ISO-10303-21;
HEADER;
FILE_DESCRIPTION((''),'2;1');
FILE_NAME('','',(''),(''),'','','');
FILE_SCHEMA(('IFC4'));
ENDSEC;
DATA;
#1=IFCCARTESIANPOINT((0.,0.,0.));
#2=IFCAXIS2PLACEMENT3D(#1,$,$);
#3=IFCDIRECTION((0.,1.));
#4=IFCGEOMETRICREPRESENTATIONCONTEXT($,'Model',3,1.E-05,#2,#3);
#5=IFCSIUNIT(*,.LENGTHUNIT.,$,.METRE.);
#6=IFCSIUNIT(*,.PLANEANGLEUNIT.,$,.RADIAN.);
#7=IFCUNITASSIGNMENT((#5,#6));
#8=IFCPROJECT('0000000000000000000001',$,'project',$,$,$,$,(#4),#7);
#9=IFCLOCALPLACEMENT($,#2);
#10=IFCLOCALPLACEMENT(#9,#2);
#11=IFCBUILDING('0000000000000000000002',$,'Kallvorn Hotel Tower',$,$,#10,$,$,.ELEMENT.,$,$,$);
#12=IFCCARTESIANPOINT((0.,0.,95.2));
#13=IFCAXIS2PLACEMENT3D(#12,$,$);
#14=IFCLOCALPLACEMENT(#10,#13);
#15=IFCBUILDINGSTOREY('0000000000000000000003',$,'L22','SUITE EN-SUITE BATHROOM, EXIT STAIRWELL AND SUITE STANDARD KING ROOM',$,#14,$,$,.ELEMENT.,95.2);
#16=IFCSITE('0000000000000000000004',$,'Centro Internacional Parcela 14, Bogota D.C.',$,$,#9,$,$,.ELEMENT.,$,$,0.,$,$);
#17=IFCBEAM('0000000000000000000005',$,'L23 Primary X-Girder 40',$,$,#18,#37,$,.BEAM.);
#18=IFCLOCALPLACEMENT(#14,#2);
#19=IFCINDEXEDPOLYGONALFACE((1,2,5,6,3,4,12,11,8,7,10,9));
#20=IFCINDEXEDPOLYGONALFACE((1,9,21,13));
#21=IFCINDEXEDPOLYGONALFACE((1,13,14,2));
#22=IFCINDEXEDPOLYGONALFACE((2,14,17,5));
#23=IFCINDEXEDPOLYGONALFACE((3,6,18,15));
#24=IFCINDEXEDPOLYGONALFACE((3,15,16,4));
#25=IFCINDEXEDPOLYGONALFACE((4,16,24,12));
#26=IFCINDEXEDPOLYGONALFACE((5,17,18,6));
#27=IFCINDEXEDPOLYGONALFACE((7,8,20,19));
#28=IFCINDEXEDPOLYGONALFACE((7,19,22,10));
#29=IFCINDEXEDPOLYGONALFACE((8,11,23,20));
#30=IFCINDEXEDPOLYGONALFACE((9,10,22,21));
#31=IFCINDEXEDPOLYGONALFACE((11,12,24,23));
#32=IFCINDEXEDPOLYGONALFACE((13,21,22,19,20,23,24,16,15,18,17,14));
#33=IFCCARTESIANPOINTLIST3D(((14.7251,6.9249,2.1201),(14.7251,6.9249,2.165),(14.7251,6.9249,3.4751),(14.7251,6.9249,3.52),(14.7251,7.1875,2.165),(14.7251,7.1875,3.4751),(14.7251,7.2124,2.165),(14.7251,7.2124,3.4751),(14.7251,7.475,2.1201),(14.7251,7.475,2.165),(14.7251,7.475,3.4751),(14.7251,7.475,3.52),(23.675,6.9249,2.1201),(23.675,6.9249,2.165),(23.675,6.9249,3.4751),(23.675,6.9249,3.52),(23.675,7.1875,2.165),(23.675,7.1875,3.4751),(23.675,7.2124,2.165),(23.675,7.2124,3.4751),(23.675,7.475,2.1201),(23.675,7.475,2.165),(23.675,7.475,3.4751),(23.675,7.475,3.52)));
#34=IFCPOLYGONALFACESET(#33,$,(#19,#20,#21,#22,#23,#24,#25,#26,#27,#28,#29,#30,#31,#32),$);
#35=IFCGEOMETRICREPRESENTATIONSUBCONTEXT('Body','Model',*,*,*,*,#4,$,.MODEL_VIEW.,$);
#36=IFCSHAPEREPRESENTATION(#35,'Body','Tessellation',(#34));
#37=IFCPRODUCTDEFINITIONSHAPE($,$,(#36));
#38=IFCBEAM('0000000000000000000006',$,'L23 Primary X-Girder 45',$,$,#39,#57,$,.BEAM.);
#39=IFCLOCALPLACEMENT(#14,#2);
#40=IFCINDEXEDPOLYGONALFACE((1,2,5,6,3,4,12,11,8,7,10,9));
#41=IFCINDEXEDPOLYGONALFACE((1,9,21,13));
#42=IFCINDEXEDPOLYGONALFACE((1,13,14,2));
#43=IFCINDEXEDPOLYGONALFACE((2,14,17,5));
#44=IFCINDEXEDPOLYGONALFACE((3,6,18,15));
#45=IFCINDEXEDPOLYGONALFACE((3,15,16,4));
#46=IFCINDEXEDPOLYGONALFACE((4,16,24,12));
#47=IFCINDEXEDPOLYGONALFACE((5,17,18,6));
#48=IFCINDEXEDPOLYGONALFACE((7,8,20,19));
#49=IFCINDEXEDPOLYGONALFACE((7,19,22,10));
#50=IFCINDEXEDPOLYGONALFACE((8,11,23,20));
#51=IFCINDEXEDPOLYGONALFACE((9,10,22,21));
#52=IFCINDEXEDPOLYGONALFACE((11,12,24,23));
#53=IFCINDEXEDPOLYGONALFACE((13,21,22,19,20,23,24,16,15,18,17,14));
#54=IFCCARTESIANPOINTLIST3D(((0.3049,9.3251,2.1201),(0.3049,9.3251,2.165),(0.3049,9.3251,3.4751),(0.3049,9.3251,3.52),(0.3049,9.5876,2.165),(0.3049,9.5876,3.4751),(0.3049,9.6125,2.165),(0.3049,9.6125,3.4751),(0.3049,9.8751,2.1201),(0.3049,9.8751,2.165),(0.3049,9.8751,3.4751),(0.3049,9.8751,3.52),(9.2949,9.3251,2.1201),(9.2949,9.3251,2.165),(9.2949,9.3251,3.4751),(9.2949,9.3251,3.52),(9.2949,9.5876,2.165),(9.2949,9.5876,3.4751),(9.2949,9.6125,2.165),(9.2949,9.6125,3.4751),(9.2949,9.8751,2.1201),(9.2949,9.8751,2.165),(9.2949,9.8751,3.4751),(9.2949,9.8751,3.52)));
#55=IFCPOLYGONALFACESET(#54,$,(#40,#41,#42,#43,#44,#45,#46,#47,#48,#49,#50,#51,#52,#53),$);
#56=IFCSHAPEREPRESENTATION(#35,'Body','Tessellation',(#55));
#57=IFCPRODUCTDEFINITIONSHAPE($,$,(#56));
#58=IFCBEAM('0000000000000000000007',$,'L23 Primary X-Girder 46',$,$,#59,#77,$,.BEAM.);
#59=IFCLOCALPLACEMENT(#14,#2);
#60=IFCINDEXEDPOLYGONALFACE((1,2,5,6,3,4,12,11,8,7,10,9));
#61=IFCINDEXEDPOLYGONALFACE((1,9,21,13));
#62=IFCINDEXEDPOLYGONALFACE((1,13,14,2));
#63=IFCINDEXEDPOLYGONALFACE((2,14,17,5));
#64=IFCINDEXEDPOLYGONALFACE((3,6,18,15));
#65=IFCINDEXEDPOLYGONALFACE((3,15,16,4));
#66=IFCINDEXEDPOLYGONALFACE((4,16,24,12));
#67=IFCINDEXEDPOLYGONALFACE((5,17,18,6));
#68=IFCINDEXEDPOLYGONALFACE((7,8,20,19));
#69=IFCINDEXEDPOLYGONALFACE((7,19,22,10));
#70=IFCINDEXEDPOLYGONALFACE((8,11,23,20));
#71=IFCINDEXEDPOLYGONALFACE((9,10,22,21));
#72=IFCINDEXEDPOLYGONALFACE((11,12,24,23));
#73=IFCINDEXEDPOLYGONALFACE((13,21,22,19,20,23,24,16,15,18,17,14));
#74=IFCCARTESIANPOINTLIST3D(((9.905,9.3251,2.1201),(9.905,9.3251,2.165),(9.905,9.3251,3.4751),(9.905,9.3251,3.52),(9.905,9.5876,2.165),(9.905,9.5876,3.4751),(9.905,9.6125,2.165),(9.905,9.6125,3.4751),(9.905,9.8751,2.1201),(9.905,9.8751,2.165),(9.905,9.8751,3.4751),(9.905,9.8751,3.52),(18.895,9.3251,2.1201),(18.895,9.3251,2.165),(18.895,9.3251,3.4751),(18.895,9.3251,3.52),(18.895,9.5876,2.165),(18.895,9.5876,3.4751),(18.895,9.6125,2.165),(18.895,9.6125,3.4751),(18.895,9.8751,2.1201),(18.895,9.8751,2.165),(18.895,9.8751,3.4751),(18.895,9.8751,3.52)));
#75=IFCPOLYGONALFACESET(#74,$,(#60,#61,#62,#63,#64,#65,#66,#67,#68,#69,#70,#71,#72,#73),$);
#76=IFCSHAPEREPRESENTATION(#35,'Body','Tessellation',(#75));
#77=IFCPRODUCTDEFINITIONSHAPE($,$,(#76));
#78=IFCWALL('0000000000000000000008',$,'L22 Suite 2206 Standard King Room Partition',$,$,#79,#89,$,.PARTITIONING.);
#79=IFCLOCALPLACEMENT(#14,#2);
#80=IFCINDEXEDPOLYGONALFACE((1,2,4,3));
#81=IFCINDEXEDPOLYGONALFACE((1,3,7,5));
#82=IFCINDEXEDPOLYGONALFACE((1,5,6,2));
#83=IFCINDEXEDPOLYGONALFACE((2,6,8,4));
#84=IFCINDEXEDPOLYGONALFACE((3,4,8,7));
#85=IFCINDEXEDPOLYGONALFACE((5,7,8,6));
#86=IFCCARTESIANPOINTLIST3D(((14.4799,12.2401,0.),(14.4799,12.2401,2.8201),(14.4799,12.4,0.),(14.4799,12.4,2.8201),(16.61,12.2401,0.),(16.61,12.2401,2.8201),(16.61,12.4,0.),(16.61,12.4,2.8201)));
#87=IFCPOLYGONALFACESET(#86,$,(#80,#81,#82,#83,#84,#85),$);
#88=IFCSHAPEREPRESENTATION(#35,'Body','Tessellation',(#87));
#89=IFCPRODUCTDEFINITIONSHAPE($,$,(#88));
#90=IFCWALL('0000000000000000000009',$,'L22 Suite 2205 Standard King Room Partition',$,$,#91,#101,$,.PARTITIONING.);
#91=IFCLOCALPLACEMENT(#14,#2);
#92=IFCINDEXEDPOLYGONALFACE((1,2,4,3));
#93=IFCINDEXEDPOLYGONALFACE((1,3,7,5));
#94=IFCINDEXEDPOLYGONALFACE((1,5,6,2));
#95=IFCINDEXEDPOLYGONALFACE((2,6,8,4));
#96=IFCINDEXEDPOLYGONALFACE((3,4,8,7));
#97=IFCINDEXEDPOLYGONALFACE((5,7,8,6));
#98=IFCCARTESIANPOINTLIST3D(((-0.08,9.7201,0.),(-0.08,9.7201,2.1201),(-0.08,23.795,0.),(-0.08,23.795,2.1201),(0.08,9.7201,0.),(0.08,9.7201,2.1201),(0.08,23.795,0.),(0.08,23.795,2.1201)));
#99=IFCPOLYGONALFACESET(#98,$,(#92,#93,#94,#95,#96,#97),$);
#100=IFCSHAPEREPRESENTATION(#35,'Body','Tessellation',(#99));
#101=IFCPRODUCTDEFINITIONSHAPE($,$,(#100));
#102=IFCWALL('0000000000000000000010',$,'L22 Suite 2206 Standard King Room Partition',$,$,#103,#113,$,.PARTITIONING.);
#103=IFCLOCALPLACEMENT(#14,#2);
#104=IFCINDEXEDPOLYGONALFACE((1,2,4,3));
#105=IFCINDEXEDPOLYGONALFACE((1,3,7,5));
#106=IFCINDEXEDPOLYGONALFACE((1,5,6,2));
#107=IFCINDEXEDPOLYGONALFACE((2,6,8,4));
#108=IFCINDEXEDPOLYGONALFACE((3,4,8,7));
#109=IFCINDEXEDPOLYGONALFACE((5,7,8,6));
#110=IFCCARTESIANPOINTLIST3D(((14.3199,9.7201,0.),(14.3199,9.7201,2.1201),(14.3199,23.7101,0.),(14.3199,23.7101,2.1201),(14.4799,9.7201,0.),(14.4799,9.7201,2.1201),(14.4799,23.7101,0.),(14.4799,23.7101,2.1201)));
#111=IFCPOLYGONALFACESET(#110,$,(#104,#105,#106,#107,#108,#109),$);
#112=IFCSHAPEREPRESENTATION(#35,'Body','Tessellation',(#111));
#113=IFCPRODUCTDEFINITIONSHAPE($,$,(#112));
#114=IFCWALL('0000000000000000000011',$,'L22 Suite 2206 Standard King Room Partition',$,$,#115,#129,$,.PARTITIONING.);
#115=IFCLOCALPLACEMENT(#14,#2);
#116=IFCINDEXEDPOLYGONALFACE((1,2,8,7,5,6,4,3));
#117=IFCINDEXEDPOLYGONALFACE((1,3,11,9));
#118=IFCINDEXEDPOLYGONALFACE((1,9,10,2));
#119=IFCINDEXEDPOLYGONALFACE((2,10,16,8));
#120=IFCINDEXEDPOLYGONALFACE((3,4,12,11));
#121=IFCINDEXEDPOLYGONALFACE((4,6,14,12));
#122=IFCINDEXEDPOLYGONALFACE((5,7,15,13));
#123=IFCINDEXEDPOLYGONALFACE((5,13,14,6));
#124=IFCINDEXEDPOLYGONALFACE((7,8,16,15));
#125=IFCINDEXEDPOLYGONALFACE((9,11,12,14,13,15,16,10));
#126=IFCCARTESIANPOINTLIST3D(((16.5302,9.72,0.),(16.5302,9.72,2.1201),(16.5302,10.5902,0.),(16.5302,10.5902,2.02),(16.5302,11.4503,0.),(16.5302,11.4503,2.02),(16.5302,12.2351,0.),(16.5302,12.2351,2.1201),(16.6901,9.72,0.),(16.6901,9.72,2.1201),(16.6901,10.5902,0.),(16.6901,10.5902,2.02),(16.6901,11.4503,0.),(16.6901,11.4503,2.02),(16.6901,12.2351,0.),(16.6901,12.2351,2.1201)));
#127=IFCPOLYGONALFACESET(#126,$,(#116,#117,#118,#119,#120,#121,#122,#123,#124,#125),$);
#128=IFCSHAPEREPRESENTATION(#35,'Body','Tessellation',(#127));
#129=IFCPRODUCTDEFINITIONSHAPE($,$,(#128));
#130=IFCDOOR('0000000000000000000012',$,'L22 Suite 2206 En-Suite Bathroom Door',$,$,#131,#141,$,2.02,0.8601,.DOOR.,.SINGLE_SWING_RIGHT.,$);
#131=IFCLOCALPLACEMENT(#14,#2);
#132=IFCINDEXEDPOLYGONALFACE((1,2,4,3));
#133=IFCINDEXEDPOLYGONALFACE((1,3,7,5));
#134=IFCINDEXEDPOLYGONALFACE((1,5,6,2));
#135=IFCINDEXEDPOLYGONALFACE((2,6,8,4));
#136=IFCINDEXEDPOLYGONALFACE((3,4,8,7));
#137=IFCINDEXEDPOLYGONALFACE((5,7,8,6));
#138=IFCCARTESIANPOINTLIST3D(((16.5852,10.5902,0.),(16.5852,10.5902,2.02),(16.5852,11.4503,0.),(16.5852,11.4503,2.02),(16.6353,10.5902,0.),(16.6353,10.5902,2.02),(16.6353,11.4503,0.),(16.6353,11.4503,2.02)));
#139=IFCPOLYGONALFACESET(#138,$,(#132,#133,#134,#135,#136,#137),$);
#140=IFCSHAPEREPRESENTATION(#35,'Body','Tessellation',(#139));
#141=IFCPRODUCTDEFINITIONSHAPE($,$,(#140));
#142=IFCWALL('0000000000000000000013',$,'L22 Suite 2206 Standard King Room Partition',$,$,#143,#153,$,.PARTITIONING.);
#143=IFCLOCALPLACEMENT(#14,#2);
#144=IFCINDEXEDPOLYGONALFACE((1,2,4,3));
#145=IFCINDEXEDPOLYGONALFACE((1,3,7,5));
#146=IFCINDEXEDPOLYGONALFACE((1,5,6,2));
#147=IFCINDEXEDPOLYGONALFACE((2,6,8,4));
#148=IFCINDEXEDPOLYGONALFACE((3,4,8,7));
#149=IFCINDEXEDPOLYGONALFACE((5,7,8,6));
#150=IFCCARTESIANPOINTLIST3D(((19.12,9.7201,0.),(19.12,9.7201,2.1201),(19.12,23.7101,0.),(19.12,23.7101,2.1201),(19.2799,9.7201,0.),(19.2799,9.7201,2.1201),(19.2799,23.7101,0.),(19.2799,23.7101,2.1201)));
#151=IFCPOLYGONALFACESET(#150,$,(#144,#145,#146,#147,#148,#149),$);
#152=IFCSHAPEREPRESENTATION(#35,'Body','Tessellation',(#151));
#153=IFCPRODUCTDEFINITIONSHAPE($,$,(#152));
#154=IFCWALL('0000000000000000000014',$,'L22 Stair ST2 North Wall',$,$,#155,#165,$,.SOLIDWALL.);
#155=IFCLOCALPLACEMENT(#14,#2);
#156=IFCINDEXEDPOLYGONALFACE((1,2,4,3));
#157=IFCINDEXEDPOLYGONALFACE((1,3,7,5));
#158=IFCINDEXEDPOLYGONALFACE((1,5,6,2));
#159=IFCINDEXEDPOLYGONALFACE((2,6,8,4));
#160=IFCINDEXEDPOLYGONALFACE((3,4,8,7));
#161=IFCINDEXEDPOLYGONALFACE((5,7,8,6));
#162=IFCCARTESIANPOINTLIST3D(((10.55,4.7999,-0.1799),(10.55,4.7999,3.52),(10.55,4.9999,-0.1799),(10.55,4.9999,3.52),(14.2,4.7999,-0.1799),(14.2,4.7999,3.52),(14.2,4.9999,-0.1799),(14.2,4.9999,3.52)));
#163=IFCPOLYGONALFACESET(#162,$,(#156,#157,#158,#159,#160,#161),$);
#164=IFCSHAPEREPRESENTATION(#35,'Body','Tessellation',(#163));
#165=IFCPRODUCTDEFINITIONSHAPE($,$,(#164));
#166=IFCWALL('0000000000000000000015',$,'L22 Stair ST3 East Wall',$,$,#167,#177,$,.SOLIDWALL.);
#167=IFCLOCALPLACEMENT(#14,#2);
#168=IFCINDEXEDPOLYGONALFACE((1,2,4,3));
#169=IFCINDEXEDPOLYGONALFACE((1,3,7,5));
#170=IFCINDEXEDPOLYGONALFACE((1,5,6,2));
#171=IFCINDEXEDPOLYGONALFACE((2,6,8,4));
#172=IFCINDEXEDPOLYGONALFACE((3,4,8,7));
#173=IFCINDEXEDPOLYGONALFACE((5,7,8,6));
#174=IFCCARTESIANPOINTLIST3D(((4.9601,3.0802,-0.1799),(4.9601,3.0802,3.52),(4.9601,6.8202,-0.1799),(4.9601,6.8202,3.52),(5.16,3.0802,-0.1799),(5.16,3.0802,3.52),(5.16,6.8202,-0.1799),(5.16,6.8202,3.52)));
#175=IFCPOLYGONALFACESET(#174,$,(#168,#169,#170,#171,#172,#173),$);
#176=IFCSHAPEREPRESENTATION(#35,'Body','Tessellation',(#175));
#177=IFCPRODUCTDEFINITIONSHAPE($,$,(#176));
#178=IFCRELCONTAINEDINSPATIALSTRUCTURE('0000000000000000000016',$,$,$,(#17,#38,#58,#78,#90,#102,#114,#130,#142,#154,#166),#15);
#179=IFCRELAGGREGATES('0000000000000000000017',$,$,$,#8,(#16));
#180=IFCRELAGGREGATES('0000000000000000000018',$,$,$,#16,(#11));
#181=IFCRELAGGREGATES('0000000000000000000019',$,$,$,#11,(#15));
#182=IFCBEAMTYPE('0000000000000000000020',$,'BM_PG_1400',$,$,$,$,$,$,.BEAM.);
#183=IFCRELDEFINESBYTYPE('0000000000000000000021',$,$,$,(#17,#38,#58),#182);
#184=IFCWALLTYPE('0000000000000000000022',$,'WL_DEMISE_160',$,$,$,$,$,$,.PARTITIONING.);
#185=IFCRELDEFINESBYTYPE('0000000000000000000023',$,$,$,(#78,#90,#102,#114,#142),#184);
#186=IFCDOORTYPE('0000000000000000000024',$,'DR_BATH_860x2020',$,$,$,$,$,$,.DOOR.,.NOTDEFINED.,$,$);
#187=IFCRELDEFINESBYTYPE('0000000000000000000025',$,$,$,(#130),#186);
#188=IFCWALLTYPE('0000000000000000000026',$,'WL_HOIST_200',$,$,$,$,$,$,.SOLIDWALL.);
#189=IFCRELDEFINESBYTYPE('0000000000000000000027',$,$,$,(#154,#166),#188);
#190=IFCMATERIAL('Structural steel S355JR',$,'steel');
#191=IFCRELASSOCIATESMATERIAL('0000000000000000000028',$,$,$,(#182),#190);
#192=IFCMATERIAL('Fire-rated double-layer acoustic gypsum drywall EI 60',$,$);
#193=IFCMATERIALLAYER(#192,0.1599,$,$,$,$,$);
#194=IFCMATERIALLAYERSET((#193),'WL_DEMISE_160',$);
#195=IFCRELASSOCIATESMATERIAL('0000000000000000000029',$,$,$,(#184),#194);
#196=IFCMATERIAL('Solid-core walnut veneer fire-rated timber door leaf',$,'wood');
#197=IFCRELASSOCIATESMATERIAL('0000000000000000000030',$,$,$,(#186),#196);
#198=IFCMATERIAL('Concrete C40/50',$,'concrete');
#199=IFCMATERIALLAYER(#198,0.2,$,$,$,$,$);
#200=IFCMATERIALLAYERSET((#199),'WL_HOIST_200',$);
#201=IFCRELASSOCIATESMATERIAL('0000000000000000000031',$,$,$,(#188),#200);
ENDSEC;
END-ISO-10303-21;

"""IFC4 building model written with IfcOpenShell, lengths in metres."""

from ifc_helpers import new_model, si_unit, direction, frame, frame_2d, origin, origin_2d, place, context, subcontext, project, spatial, rectangle, i_section, extrude, material, layer, layer_set, material_profile, profile_set, type_object, element, fill, save


model = new_model("IFC4")

# Units and contexts
model_context = context("Model", 3, precision=1e-05, world=origin(), true_north=direction((0.0, 1.0)))
body_context = subcontext(model_context, "Body", "Model", "MODEL_VIEW")
ifc_project = project(units=[si_unit("LENGTHUNIT", "METRE"), si_unit("PLANEANGLEUNIT", "RADIAN")], contexts=[model_context])

# Site, building, storey
site_placement = place(None, origin())
site = spatial("IfcSite", under=ifc_project, at=site_placement, Name="Centro Internacional Parcela 14, Bogota D.C.", CompositionType="ELEMENT", RefElevation=0.0)
building_placement = place(site_placement, origin())
building = spatial("IfcBuilding", under=site, at=building_placement, Name="Kallvorn Hotel Tower", CompositionType="ELEMENT")
storey_placement = place(building_placement, frame((0.0, 0.0, 95.2)))
storey = spatial("IfcBuildingStorey", under=building, at=storey_placement, Name="L22", Description="SUITE EN-SUITE BATHROOM, EXIT STAIRWELL AND SUITE STANDARD KING ROOM", CompositionType="ELEMENT", Elevation=95.2)

# Beams
ifc_material_1 = material(Name="Structural steel S355JR", Category="steel")
ifc_material_profile_1 = material_profile(ifc_material_1, i_section(OverallWidth=0.55, OverallDepth=1.3999, WebThickness=0.0249, FlangeThickness=0.0449, at=origin_2d()), Name="PG 1400x550x25x45")
ifc_profile_set_1 = profile_set([ifc_material_profile_1], Name="Structural steel S355JR")
beam_type_1 = type_object("IfcBeamType", Name="BM_PG_1400", PredefinedType="BEAM", material=ifc_profile_set_1)
for number, where, z_axis, x_axis, name in (
    (1, (14.7251, 7.2, 2.8201), (1.0, 0.0, 0.0), (0.0, 1.0, 0.0), "L23 Primary X-Girder 40"),
):
    element("IfcBeam", number, at=place(storey_placement, frame(where, z_axis=z_axis, x_axis=x_axis)), inside=storey, type_object=beam_type_1, Name=name, PredefinedType="BEAM", context=body_context, shape_type="SweptSolid", body=[
        extrude(i_section(OverallWidth=0.55, OverallDepth=1.3999, WebThickness=0.0249, FlangeThickness=0.0449, at=origin_2d()), origin(), (0.0, 0.0, 1.0), 8.95),
    ])
for number, where, z_axis, x_axis, name in (
    (2, (0.3049, 9.6001, 2.8201), (1.0, 0.0, 0.0), (0.0, 1.0, 0.0), "L23 Primary X-Girder 45"),
    (3, (9.905, 9.6001, 2.8201), (1.0, 0.0, 0.0), (0.0, 1.0, 0.0), "L23 Primary X-Girder 46"),
):
    element("IfcBeam", number, at=place(storey_placement, frame(where, z_axis=z_axis, x_axis=x_axis)), inside=storey, type_object=beam_type_1, Name=name, PredefinedType="BEAM", context=body_context, shape_type="SweptSolid", body=[
        extrude(i_section(OverallWidth=0.55, OverallDepth=1.3999, WebThickness=0.0249, FlangeThickness=0.0449, at=origin_2d()), origin(), (0.0, 0.0, 1.0), 8.99),
    ])

# Walls
ifc_material_2 = material(Name="Fire-rated double-layer acoustic gypsum drywall EI 60")
ifc_layer_1 = layer(ifc_material_2, 0.1599)
ifc_layer_set_1 = layer_set([ifc_layer_1], Name="WL_DEMISE_160")
wall_type_1 = type_object("IfcWallType", Name="WL_DEMISE_160", PredefinedType="PARTITIONING", material=ifc_layer_set_1)
wall_1_placement = place(storey_placement, frame((14.48, 12.3201, 0.0), z_axis=(0.0, 0.0, 1.0), x_axis=(1.0, 0.0, 0.0)))
element("IfcWall", 4, at=wall_1_placement, inside=storey, type_object=wall_type_1, Name="L22 Suite 2206 Standard King Room Partition", PredefinedType="PARTITIONING", context=body_context, shape_type="SweptSolid", body=[
    extrude(rectangle(XDim=2.1301, YDim=0.1599, at=frame_2d((1.0649, 0.0))), origin(), (0.0, 0.0, 1.0), 2.8201),
])
wall_2_placement = place(storey_placement, frame((0.0, 9.72, 0.0), z_axis=(0.0, 0.0, 1.0), x_axis=(0.0, 1.0, 0.0)))
element("IfcWall", 5, at=wall_2_placement, inside=storey, type_object=wall_type_1, Name="L22 Suite 2205 Standard King Room Partition", PredefinedType="PARTITIONING", context=body_context, shape_type="SweptSolid", body=[
    extrude(rectangle(XDim=14.075, YDim=0.1599, at=frame_2d((7.0376, 0.0))), origin(), (0.0, 0.0, 1.0), 2.1201),
])
wall_3_placement = place(storey_placement, frame((14.3999, 9.72, 0.0), z_axis=(0.0, 0.0, 1.0), x_axis=(0.0, 1.0, 0.0)))
element("IfcWall", 6, at=wall_3_placement, inside=storey, type_object=wall_type_1, Name="L22 Suite 2206 Standard King Room Partition", PredefinedType="PARTITIONING", context=body_context, shape_type="SweptSolid", body=[
    extrude(rectangle(XDim=13.99, YDim=0.1599, at=frame_2d((6.9951, 0.0))), origin(), (0.0, 0.0, 1.0), 2.1201),
])

# Wall, opening, door
wall_4_placement = place(storey_placement, frame((16.6101, 9.72, 0.0), z_axis=(0.0, 0.0, 1.0), x_axis=(0.0, 1.0, 0.0)))
wall_4 = element("IfcWall", 7, at=wall_4_placement, inside=storey, type_object=wall_type_1, Name="L22 Suite 2206 Standard King Room Partition", PredefinedType="PARTITIONING", context=body_context, shape_type="SweptSolid", body=[
    extrude(rectangle(XDim=2.5151, YDim=0.1599, at=frame_2d((1.2576, 0.0))), origin(), (0.0, 0.0, 1.0), 2.1201),
])
opening_1_placement = place(wall_4_placement, frame((0.8701, 0.0, 0.0)))
opening_1 = element("IfcOpeningElement", 8, at=opening_1_placement, cuts=wall_4, PredefinedType="OPENING", context=body_context, shape_type="SweptSolid", body=[
    extrude(rectangle(XDim=0.8601, YDim=2.02, at=frame_2d((0.4302, 1.01))), frame((0.0, 0.095, 0.0), z_axis=(0.0, -1.0, 0.0), x_axis=(1.0, 0.0, 0.0)), (0.0, 0.0, 1.0), 0.1899),
])
ifc_material_3 = material(Name="Solid-core walnut veneer fire-rated timber door leaf", Category="wood")
door_type_1 = type_object("IfcDoorType", Name="DR_BATH_860x2020", OperationType="NOTDEFINED", PredefinedType="DOOR", material=ifc_material_3)
door_1_placement = place(opening_1_placement, origin())
door_1 = element("IfcDoor", 9, at=door_1_placement, inside=storey, type_object=door_type_1, Name="L22 Suite 2206 En-Suite Bathroom Door", OperationType="SINGLE_SWING_RIGHT", OverallHeight=2.02, OverallWidth=0.8601, PredefinedType="DOOR", context=body_context, shape_type="SweptSolid", body=[
    extrude(rectangle(XDim=0.8601, YDim=2.02, at=frame_2d((0.4302, 1.01))), frame((0.0, 0.0249, 0.0), z_axis=(0.0, -1.0, 0.0), x_axis=(1.0, 0.0, 0.0)), (0.0, 0.0, 1.0), 0.05),
])
fill(opening_1, door_1)

# Walls
wall_5_placement = place(storey_placement, frame((19.2, 9.72, 0.0), z_axis=(0.0, 0.0, 1.0), x_axis=(0.0, 1.0, 0.0)))
element("IfcWall", 10, at=wall_5_placement, inside=storey, type_object=wall_type_1, Name="L22 Suite 2206 Standard King Room Partition", PredefinedType="PARTITIONING", context=body_context, shape_type="SweptSolid", body=[
    extrude(rectangle(XDim=13.99, YDim=0.1599, at=frame_2d((6.9951, 0.0))), origin(), (0.0, 0.0, 1.0), 2.1201),
])
ifc_material_4 = material(Name="Concrete C40/50", Category="concrete")
ifc_layer_2 = layer(ifc_material_4, 0.2)
ifc_layer_set_2 = layer_set([ifc_layer_2], Name="WL_HOIST_200")
wall_type_2 = type_object("IfcWallType", Name="WL_HOIST_200", PredefinedType="SOLIDWALL", material=ifc_layer_set_2)
wall_6_placement = place(storey_placement, frame((10.55, 4.8999, -0.1799), z_axis=(0.0, 0.0, 1.0), x_axis=(1.0, 0.0, 0.0)))
element("IfcWall", 11, at=wall_6_placement, inside=storey, type_object=wall_type_2, Name="L22 Stair ST2 North Wall", PredefinedType="SOLIDWALL", context=body_context, shape_type="SweptSolid", body=[
    extrude(rectangle(XDim=3.6499, YDim=0.2, at=frame_2d((1.825, 0.0))), origin(), (0.0, 0.0, 1.0), 3.7),
])
wall_7_placement = place(storey_placement, frame((5.0601, 3.0801, -0.1799), z_axis=(0.0, 0.0, 1.0), x_axis=(0.0, 1.0, 0.0)))
element("IfcWall", 12, at=wall_7_placement, inside=storey, type_object=wall_type_2, Name="L22 Stair ST3 East Wall", PredefinedType="SOLIDWALL", context=body_context, shape_type="SweptSolid", body=[
    extrude(rectangle(XDim=3.74, YDim=0.2, at=frame_2d((1.8701, 0.0))), origin(), (0.0, 0.0, 1.0), 3.7),
])

save(model, "model.ifc")
